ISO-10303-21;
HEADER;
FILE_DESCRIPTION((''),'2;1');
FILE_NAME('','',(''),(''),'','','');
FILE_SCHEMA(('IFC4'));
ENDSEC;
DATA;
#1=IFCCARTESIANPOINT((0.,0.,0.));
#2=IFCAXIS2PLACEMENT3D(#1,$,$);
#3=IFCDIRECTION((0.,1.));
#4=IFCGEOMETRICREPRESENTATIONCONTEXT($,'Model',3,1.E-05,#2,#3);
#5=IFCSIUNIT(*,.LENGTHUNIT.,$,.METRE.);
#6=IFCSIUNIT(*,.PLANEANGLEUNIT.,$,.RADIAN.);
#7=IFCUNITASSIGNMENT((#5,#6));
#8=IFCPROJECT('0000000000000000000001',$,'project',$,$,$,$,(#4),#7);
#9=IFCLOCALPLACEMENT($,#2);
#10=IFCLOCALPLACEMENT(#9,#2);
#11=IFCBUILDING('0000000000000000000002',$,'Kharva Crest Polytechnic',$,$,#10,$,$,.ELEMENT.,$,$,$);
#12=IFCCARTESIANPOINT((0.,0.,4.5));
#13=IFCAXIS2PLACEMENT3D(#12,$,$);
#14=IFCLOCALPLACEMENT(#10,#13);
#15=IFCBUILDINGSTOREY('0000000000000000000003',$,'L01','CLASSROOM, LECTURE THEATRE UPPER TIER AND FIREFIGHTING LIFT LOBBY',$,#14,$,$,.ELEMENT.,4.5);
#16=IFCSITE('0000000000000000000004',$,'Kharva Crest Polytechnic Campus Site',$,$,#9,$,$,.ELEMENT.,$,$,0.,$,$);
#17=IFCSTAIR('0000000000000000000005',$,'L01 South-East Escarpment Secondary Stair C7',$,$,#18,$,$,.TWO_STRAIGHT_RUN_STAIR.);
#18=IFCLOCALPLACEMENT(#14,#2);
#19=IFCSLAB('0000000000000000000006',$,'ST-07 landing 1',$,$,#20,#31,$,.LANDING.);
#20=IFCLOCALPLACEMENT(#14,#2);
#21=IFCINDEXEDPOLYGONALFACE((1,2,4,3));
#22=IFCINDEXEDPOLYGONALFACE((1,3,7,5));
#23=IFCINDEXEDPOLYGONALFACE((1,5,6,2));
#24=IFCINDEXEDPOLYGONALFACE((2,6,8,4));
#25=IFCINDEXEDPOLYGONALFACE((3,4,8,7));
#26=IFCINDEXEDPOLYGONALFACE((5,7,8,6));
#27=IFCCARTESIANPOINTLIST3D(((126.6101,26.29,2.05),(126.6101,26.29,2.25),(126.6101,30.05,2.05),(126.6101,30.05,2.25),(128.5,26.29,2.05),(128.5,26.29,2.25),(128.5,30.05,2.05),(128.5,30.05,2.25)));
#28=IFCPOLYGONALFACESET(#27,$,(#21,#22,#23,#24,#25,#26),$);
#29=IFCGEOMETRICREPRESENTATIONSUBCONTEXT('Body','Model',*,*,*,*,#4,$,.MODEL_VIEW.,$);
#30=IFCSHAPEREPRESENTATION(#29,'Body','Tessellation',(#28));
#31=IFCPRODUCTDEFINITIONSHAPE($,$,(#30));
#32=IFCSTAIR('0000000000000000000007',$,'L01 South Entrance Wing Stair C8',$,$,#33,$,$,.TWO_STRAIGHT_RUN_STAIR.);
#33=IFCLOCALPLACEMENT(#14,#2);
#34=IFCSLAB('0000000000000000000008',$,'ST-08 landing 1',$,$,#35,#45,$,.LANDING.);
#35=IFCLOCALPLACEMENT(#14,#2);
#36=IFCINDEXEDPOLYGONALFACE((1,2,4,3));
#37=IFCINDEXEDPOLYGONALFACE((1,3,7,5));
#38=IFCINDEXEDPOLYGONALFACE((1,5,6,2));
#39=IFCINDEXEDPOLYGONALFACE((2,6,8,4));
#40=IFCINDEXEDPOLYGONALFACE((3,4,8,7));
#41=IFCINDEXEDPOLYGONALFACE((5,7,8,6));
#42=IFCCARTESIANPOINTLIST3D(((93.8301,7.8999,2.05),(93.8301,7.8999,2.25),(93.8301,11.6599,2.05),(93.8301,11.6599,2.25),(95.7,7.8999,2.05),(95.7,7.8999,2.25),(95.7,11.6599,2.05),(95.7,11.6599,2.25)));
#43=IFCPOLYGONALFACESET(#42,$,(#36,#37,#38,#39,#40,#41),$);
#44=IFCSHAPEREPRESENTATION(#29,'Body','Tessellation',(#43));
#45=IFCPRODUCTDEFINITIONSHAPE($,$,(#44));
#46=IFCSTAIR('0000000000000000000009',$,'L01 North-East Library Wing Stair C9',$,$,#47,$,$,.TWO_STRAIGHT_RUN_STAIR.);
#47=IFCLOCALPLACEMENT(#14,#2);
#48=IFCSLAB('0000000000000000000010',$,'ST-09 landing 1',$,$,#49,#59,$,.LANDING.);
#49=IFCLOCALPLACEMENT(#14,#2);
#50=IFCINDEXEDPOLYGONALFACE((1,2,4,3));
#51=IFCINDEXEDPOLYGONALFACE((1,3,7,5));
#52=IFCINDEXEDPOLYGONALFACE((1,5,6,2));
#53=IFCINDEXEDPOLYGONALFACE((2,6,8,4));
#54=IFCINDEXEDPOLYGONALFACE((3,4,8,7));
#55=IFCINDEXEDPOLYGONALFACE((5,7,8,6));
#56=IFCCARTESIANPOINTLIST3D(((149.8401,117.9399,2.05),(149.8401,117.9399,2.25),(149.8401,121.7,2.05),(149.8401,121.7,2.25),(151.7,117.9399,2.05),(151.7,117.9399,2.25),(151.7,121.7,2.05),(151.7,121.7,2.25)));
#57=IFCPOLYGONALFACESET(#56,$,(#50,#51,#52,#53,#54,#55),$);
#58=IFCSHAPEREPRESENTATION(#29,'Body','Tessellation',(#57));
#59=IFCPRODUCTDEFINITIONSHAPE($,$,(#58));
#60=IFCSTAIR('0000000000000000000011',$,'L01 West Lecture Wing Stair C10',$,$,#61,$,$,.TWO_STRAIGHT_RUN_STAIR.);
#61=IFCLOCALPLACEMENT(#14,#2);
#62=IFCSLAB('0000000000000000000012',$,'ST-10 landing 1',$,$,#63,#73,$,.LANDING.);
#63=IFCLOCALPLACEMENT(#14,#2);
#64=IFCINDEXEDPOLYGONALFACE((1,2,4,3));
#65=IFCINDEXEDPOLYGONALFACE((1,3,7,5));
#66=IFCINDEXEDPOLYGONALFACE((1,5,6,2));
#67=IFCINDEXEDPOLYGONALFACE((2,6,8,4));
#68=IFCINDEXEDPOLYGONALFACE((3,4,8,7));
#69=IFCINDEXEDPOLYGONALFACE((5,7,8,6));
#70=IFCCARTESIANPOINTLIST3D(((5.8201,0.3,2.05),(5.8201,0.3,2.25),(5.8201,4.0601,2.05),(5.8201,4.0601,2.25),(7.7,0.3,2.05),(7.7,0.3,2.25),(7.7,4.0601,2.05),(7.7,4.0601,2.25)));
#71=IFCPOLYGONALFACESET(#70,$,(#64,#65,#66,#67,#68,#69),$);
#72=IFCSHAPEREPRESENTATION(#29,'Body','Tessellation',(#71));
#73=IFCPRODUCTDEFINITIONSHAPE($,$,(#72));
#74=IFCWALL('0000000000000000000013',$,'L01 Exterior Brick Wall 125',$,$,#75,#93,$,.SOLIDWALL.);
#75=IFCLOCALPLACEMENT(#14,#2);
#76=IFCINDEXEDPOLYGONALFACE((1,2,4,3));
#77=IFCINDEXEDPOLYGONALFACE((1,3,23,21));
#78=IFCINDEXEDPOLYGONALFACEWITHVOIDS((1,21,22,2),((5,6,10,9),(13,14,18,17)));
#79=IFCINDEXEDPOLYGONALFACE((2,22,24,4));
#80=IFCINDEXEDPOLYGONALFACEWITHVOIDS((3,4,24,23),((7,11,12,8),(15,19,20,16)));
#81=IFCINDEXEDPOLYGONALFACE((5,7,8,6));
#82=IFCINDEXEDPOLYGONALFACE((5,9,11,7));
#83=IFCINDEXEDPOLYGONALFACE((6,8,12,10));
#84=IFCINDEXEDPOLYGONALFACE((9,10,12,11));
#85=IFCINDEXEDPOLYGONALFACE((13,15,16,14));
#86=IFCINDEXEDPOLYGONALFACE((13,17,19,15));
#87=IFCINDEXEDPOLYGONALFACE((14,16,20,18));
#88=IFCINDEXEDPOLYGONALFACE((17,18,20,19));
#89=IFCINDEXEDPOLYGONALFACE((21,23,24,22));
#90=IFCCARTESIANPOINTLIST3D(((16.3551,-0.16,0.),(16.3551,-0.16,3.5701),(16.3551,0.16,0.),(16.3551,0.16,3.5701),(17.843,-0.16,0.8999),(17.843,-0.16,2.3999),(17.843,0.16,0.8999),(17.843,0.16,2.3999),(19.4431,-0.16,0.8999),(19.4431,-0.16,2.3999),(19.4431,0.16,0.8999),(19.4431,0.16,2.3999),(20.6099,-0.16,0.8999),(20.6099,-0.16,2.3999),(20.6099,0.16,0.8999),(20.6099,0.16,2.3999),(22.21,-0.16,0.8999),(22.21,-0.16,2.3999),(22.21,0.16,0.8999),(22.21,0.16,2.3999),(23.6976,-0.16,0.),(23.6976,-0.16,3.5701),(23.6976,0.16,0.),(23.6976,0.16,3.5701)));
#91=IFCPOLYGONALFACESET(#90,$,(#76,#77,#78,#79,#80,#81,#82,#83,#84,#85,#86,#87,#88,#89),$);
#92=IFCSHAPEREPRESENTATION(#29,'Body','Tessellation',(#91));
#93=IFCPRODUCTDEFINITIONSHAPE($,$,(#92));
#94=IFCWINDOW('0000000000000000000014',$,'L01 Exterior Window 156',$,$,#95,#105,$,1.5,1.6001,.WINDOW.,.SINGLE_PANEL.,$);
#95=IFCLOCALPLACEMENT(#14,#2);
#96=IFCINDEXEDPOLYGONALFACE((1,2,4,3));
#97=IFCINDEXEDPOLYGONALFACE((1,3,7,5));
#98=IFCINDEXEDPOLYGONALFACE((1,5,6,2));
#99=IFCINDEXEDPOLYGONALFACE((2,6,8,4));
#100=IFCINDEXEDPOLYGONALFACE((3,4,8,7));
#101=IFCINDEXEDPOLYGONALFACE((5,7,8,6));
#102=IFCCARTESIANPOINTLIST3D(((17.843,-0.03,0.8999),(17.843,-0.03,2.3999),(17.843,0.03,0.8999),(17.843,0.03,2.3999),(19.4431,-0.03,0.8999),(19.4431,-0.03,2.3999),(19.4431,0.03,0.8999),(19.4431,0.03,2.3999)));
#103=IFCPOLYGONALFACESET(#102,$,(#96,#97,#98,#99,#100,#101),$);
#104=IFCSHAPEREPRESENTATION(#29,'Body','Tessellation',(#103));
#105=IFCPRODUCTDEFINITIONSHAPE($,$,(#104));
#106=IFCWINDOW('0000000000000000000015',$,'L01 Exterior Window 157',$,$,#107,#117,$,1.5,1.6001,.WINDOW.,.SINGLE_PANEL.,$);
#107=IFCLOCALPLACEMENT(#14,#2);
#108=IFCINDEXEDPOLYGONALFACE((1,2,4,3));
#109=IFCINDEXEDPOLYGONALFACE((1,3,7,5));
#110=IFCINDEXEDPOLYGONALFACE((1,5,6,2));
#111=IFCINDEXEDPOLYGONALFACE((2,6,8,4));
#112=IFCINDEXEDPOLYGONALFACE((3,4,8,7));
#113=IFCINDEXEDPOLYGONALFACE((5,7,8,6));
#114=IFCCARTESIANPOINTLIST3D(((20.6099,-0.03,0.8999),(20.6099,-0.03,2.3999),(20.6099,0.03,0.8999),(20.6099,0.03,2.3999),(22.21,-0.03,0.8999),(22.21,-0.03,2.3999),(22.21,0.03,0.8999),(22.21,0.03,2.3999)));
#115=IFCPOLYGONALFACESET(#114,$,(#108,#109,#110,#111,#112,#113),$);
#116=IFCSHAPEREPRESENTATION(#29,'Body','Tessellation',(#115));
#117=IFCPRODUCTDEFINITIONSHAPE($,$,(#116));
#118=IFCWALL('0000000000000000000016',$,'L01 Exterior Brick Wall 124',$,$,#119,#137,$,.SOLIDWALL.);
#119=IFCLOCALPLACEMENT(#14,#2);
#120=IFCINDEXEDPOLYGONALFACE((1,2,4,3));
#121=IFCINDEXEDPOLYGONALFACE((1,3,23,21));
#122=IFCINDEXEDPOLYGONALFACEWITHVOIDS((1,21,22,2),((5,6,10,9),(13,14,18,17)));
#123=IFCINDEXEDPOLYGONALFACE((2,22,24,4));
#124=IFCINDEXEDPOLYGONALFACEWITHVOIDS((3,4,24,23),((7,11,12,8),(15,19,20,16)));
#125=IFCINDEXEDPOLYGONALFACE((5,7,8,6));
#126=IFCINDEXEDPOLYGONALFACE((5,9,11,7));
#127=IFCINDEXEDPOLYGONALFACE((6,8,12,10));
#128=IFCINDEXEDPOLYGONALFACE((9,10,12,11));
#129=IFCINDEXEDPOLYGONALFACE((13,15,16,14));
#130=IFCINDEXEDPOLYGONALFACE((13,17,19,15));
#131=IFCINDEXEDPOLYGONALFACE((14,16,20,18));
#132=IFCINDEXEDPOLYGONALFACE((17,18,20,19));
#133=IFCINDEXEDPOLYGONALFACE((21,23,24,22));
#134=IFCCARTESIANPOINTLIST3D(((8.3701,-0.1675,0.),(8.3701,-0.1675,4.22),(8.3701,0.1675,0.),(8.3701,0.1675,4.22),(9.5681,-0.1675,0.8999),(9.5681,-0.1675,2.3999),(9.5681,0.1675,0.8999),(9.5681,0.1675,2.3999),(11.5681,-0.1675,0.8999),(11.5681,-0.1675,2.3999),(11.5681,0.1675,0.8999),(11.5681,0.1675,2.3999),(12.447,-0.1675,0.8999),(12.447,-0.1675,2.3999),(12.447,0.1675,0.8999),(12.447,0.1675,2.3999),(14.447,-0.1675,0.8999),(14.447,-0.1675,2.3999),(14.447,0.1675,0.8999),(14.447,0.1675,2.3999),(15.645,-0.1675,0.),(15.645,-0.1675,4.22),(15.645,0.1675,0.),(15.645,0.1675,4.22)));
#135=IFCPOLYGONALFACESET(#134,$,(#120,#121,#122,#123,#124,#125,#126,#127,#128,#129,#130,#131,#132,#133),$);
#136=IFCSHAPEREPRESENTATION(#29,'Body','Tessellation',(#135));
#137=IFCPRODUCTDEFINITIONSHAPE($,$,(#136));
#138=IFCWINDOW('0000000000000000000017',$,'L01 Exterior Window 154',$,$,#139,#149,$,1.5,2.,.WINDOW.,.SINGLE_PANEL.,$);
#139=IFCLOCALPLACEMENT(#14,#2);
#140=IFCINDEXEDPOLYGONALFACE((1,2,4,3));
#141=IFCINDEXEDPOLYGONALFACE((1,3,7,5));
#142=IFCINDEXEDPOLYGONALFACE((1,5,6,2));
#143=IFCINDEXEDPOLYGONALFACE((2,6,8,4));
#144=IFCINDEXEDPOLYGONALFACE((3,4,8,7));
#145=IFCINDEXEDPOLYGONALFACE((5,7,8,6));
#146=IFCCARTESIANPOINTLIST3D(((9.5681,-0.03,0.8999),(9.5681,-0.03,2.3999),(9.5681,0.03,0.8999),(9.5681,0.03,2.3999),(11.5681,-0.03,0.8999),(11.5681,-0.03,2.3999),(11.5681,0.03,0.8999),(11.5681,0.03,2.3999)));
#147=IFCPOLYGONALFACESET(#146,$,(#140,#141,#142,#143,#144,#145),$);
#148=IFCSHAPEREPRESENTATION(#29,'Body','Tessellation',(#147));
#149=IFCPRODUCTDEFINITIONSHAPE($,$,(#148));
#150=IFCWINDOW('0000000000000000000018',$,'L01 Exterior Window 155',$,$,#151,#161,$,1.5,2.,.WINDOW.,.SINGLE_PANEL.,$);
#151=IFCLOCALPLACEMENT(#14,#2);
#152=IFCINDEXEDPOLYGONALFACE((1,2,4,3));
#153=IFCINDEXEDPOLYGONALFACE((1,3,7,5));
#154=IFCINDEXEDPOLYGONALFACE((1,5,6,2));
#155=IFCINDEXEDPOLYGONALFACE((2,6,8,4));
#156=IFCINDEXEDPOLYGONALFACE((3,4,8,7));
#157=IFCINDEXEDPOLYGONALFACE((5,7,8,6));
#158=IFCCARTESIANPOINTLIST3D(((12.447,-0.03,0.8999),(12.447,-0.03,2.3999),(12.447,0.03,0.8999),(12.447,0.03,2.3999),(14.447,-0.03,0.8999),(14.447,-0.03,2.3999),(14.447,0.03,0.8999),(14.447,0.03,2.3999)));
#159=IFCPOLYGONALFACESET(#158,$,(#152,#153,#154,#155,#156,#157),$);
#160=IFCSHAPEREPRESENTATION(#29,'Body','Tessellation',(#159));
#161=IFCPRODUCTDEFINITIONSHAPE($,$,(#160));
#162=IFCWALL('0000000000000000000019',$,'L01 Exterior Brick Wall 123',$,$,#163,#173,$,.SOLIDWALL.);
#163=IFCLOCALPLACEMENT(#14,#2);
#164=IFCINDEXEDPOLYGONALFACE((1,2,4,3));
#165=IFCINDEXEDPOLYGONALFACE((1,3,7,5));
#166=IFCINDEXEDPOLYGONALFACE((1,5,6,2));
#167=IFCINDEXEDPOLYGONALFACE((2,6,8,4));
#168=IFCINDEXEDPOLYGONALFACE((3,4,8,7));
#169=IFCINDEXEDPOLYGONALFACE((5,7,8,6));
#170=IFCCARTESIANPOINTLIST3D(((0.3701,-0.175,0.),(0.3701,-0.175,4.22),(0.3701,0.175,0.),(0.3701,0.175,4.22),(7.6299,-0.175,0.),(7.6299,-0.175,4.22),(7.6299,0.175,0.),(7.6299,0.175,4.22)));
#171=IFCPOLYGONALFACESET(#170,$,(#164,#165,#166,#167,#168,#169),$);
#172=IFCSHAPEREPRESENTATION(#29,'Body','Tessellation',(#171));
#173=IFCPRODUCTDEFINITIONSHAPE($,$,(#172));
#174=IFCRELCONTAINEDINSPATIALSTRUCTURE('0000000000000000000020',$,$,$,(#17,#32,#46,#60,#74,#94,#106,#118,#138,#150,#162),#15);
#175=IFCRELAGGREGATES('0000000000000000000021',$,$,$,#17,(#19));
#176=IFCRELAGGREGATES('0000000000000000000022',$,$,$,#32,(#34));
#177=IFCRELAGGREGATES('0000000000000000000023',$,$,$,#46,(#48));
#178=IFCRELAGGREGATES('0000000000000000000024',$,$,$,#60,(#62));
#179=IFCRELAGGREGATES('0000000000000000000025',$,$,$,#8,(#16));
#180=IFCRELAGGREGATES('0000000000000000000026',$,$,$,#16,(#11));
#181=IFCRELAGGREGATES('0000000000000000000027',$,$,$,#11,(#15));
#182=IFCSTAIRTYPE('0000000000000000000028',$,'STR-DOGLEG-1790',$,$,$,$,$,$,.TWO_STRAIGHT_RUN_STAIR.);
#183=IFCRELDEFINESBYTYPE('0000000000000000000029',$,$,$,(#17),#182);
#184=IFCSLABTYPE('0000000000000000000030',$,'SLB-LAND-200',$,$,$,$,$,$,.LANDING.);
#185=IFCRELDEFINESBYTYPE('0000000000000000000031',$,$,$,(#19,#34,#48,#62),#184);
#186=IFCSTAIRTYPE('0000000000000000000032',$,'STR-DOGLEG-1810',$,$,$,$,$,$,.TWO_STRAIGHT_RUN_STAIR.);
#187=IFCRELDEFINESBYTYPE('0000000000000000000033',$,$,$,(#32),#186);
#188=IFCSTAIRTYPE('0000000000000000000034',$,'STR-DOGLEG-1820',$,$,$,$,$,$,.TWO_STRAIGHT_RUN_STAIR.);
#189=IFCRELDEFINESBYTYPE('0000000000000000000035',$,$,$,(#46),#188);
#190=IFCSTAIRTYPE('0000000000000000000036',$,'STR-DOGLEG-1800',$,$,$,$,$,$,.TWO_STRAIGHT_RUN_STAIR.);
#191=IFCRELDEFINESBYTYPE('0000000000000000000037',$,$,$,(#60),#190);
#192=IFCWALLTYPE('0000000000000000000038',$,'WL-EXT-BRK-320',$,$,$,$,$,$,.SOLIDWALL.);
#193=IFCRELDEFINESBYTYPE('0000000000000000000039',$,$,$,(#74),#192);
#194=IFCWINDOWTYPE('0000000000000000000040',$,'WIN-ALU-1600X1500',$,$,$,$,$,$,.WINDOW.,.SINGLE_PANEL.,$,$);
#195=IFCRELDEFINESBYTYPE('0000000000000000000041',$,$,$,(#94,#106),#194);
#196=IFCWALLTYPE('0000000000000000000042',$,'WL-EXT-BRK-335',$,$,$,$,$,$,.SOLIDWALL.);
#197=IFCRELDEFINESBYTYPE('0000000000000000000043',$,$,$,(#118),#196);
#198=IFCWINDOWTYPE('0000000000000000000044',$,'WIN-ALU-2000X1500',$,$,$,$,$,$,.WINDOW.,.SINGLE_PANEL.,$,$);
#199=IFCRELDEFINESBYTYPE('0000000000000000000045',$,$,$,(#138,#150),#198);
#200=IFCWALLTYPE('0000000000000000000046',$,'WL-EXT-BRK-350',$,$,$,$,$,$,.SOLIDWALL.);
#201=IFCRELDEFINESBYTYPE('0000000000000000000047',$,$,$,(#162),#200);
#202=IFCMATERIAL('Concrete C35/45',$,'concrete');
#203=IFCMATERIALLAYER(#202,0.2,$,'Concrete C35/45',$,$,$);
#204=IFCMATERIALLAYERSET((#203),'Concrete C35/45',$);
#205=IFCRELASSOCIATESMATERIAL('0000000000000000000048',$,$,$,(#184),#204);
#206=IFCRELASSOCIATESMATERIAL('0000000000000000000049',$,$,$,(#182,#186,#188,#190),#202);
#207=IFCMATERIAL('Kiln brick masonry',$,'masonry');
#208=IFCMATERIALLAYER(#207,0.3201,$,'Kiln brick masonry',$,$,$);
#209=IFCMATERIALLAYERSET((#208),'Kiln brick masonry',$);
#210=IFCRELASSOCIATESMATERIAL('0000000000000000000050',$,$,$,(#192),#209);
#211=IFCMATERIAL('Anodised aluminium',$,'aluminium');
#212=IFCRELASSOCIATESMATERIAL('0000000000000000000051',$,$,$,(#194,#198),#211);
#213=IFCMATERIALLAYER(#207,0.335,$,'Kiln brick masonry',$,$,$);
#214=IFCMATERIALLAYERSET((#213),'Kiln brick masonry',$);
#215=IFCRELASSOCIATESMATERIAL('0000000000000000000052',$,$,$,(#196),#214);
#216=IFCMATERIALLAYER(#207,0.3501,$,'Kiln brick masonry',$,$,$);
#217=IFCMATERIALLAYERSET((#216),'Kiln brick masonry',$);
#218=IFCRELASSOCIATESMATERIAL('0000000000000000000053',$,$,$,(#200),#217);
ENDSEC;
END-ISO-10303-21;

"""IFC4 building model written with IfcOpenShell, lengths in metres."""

from ifc_helpers import new_model, si_unit, direction, frame, frame_2d, origin, place, context, subcontext, project, spatial, polyline, rectangle, outline, extrude, material, layer, layer_set, type_object, element, fill, aggregate, save


model = new_model("IFC4")

# Units and contexts
model_context = context("Model", 3, precision=1e-05, world=origin(), true_north=direction((0.0, 1.0)))
body_context = subcontext(model_context, "Body", "Model", "MODEL_VIEW")
ifc_project = project(units=[si_unit("LENGTHUNIT", "METRE"), si_unit("PLANEANGLEUNIT", "RADIAN")], contexts=[model_context])

# Site, building, storey
site_placement = place(None, origin())
site = spatial("IfcSite", under=ifc_project, at=site_placement, Name="Kharva Crest Polytechnic Campus Site", CompositionType="ELEMENT", RefElevation=0.0)
building_placement = place(site_placement, origin())
building = spatial("IfcBuilding", under=site, at=building_placement, Name="Kharva Crest Polytechnic", CompositionType="ELEMENT")
storey_placement = place(building_placement, frame((0.0, 0.0, 4.5)))
storey = spatial("IfcBuildingStorey", under=building, at=storey_placement, Name="L01", Description="CLASSROOM, LECTURE THEATRE UPPER TIER AND FIREFIGHTING LIFT LOBBY", CompositionType="ELEMENT", Elevation=4.5)

# Shared definitions
ifc_material_1 = material(Name="Concrete C35/45", Category="concrete")

# Stairs, slabs
ifc_layer_1 = layer(ifc_material_1, 0.2, Name="Concrete C35/45")
ifc_layer_set_1 = layer_set([ifc_layer_1], Name="Concrete C35/45")
slab_type = type_object("IfcSlabType", Name="SLB-LAND-200", PredefinedType="LANDING", material=ifc_layer_set_1)
stair_type_1 = type_object("IfcStairType", Name="STR-DOGLEG-1790", PredefinedType="TWO_STRAIGHT_RUN_STAIR", material=ifc_material_1)
stair_1_placement = place(storey_placement, origin())
stair_1 = element("IfcStair", 1, at=stair_1_placement, inside=storey, type_object=stair_type_1, Name="L01 South-East Escarpment Secondary Stair C7", PredefinedType="TWO_STRAIGHT_RUN_STAIR")
slab_1_placement = place(storey_placement, frame((0.0, 0.0, 2.05)))
slab_1 = element("IfcSlab", 2, at=slab_1_placement, type_object=slab_type, Name="ST-07 landing 1", PredefinedType="LANDING", context=body_context, shape_type="SweptSolid", body=[
    extrude(outline(polyline([(126.6101, 26.29), (128.5, 26.29), (128.5, 30.05), (126.6101, 30.05), (126.6101, 26.29)])), origin(), (0.0, 0.0, 1.0), 0.2),
])
aggregate(stair_1, [slab_1])
stair_type_2 = type_object("IfcStairType", Name="STR-DOGLEG-1810", PredefinedType="TWO_STRAIGHT_RUN_STAIR", material=ifc_material_1)
stair_2_placement = place(storey_placement, origin())
stair_2 = element("IfcStair", 3, at=stair_2_placement, inside=storey, type_object=stair_type_2, Name="L01 South Entrance Wing Stair C8", PredefinedType="TWO_STRAIGHT_RUN_STAIR")
slab_2_placement = place(storey_placement, frame((0.0, 0.0, 2.05)))
slab_2 = element("IfcSlab", 4, at=slab_2_placement, type_object=slab_type, Name="ST-08 landing 1", PredefinedType="LANDING", context=body_context, shape_type="SweptSolid", body=[
    extrude(outline(polyline([(93.8301, 7.8999), (95.7, 7.8999), (95.7, 11.6599), (93.8301, 11.6599), (93.8301, 7.8999)])), origin(), (0.0, 0.0, 1.0), 0.2),
])
aggregate(stair_2, [slab_2])
stair_type_3 = type_object("IfcStairType", Name="STR-DOGLEG-1820", PredefinedType="TWO_STRAIGHT_RUN_STAIR", material=ifc_material_1)
stair_3_placement = place(storey_placement, origin())
stair_3 = element("IfcStair", 5, at=stair_3_placement, inside=storey, type_object=stair_type_3, Name="L01 North-East Library Wing Stair C9", PredefinedType="TWO_STRAIGHT_RUN_STAIR")
slab_3_placement = place(storey_placement, frame((0.0, 0.0, 2.05)))
slab_3 = element("IfcSlab", 6, at=slab_3_placement, type_object=slab_type, Name="ST-09 landing 1", PredefinedType="LANDING", context=body_context, shape_type="SweptSolid", body=[
    extrude(outline(polyline([(149.8401, 117.9399), (151.7, 117.9399), (151.7, 121.7), (149.8401, 121.7), (149.8401, 117.9399)])), origin(), (0.0, 0.0, 1.0), 0.2),
])
aggregate(stair_3, [slab_3])
stair_type_4 = type_object("IfcStairType", Name="STR-DOGLEG-1800", PredefinedType="TWO_STRAIGHT_RUN_STAIR", material=ifc_material_1)
stair_4_placement = place(storey_placement, origin())
stair_4 = element("IfcStair", 7, at=stair_4_placement, inside=storey, type_object=stair_type_4, Name="L01 West Lecture Wing Stair C10", PredefinedType="TWO_STRAIGHT_RUN_STAIR")
slab_4_placement = place(storey_placement, frame((0.0, 0.0, 2.05)))
slab_4 = element("IfcSlab", 8, at=slab_4_placement, type_object=slab_type, Name="ST-10 landing 1", PredefinedType="LANDING", context=body_context, shape_type="SweptSolid", body=[
    extrude(outline(polyline([(5.8201, 0.3), (7.7, 0.3), (7.7, 4.0601), (5.8201, 4.0601), (5.8201, 0.3)])), origin(), (0.0, 0.0, 1.0), 0.2),
])

# Walls, openings, windows
ifc_material_2 = material(Name="Kiln brick masonry", Category="masonry")
ifc_layer_2 = layer(ifc_material_2, 0.3201, Name="Kiln brick masonry")
ifc_layer_set_2 = layer_set([ifc_layer_2], Name="Kiln brick masonry")
wall_type_1 = type_object("IfcWallType", Name="WL-EXT-BRK-320", PredefinedType="SOLIDWALL", material=ifc_layer_set_2)
wall_1_placement = place(storey_placement, frame((16.355, 0.0, 0.0), z_axis=(0.0, 0.0, 1.0), x_axis=(1.0, 0.0, 0.0)))
wall_1 = element("IfcWall", 9, at=wall_1_placement, inside=storey, type_object=wall_type_1, Name="L01 Exterior Brick Wall 125", PredefinedType="SOLIDWALL", context=body_context, shape_type="SweptSolid", body=[
    extrude(rectangle(XDim=7.3425, YDim=0.3201, at=frame_2d((3.6714, 0.0))), origin(), (0.0, 0.0, 1.0), 3.5701),
])
opening_1_placement = place(wall_1_placement, frame((1.488, 0.0, 0.8999)))
opening_1 = element("IfcOpeningElement", 10, at=opening_1_placement, cuts=wall_1, PredefinedType="OPENING", context=body_context, shape_type="SweptSolid", body=[
    extrude(rectangle(XDim=1.6001, YDim=1.5, at=frame_2d((0.8, 0.75))), frame((0.0, 0.1699, 0.0), z_axis=(0.0, -1.0, 0.0), x_axis=(1.0, 0.0, 0.0)), (0.0, 0.0, 1.0), 0.3401),
])
opening_2_placement = place(wall_1_placement, frame((4.2549, 0.0, 0.8999)))
opening_2 = element("IfcOpeningElement", 11, at=opening_2_placement, cuts=wall_1, PredefinedType="OPENING", context=body_context, shape_type="SweptSolid", body=[
    extrude(rectangle(XDim=1.6001, YDim=1.5, at=frame_2d((0.8, 0.75))), frame((0.0, 0.1699, 0.0), z_axis=(0.0, -1.0, 0.0), x_axis=(1.0, 0.0, 0.0)), (0.0, 0.0, 1.0), 0.3401),
])
ifc_material_3 = material(Name="Anodised aluminium", Category="aluminium")
window_type_1 = type_object("IfcWindowType", Name="WIN-ALU-1600X1500", PartitioningType="SINGLE_PANEL", PredefinedType="WINDOW", material=ifc_material_3)
window_1_placement = place(opening_1_placement, origin())
window_1 = element("IfcWindow", 12, at=window_1_placement, inside=storey, type_object=window_type_1, Name="L01 Exterior Window 156", OverallHeight=1.5, OverallWidth=1.6001, PartitioningType="SINGLE_PANEL", PredefinedType="WINDOW", context=body_context, shape_type="SweptSolid", body=[
    extrude(rectangle(XDim=1.6001, YDim=1.5, at=frame_2d((0.8, 0.75))), frame((0.0, 0.03, 0.0), z_axis=(0.0, -1.0, 0.0), x_axis=(1.0, 0.0, 0.0)), (0.0, 0.0, 1.0), 0.0601),
])
fill(opening_1, window_1)
window_2_placement = place(opening_2_placement, origin())
window_2 = element("IfcWindow", 13, at=window_2_placement, inside=storey, type_object=window_type_1, Name="L01 Exterior Window 157", OverallHeight=1.5, OverallWidth=1.6001, PartitioningType="SINGLE_PANEL", PredefinedType="WINDOW", context=body_context, shape_type="SweptSolid", body=[
    extrude(rectangle(XDim=1.6001, YDim=1.5, at=frame_2d((0.8, 0.75))), frame((0.0, 0.03, 0.0), z_axis=(0.0, -1.0, 0.0), x_axis=(1.0, 0.0, 0.0)), (0.0, 0.0, 1.0), 0.0601),
])
fill(opening_2, window_2)
ifc_layer_3 = layer(ifc_material_2, 0.335, Name="Kiln brick masonry")
ifc_layer_set_3 = layer_set([ifc_layer_3], Name="Kiln brick masonry")
wall_type_2 = type_object("IfcWallType", Name="WL-EXT-BRK-335", PredefinedType="SOLIDWALL", material=ifc_layer_set_3)
wall_2_placement = place(storey_placement, frame((8.3701, 0.0, 0.0), z_axis=(0.0, 0.0, 1.0), x_axis=(1.0, 0.0, 0.0)))
wall_2 = element("IfcWall", 14, at=wall_2_placement, inside=storey, type_object=wall_type_2, Name="L01 Exterior Brick Wall 124", PredefinedType="SOLIDWALL", context=body_context, shape_type="SweptSolid", body=[
    extrude(rectangle(XDim=7.2749, YDim=0.335, at=frame_2d((3.6375, 0.0))), origin(), (0.0, 0.0, 1.0), 4.22),
])
opening_3_placement = place(wall_2_placement, frame((1.198, 0.0, 0.8999)))
opening_3 = element("IfcOpeningElement", 15, at=opening_3_placement, cuts=wall_2, PredefinedType="OPENING", context=body_context, shape_type="SweptSolid", body=[
    extrude(rectangle(XDim=2.0, YDim=1.5, at=frame_2d((1.0, 0.75))), frame((0.0, 0.1775, 0.0), z_axis=(0.0, -1.0, 0.0), x_axis=(1.0, 0.0, 0.0)), (0.0, 0.0, 1.0), 0.355),
])
opening_4_placement = place(wall_2_placement, frame((4.0769, 0.0, 0.8999)))
opening_4 = element("IfcOpeningElement", 16, at=opening_4_placement, cuts=wall_2, PredefinedType="OPENING", context=body_context, shape_type="SweptSolid", body=[
    extrude(rectangle(XDim=2.0, YDim=1.5, at=frame_2d((1.0, 0.75))), frame((0.0, 0.1775, 0.0), z_axis=(0.0, -1.0, 0.0), x_axis=(1.0, 0.0, 0.0)), (0.0, 0.0, 1.0), 0.355),
])
window_type_2 = type_object("IfcWindowType", Name="WIN-ALU-2000X1500", PartitioningType="SINGLE_PANEL", PredefinedType="WINDOW", material=ifc_material_3)
window_3_placement = place(opening_3_placement, origin())
window_3 = element("IfcWindow", 17, at=window_3_placement, inside=storey, type_object=window_type_2, Name="L01 Exterior Window 154", OverallHeight=1.5, OverallWidth=2.0, PartitioningType="SINGLE_PANEL", PredefinedType="WINDOW", context=body_context, shape_type="SweptSolid", body=[
    extrude(rectangle(XDim=2.0, YDim=1.5, at=frame_2d((1.0, 0.75))), frame((0.0, 0.03, 0.0), z_axis=(0.0, -1.0, 0.0), x_axis=(1.0, 0.0, 0.0)), (0.0, 0.0, 1.0), 0.0601),
])
fill(opening_3, window_3)
window_4_placement = place(opening_4_placement, origin())
window_4 = element("IfcWindow", 18, at=window_4_placement, inside=storey, type_object=window_type_2, Name="L01 Exterior Window 155", OverallHeight=1.5, OverallWidth=2.0, PartitioningType="SINGLE_PANEL", PredefinedType="WINDOW", context=body_context, shape_type="SweptSolid", body=[
    extrude(rectangle(XDim=2.0, YDim=1.5, at=frame_2d((1.0, 0.75))), frame((0.0, 0.03, 0.0), z_axis=(0.0, -1.0, 0.0), x_axis=(1.0, 0.0, 0.0)), (0.0, 0.0, 1.0), 0.0601),
])
fill(opening_4, window_4)

# Wall
ifc_layer_4 = layer(ifc_material_2, 0.3501, Name="Kiln brick masonry")
ifc_layer_set_4 = layer_set([ifc_layer_4], Name="Kiln brick masonry")
wall_type_3 = type_object("IfcWallType", Name="WL-EXT-BRK-350", PredefinedType="SOLIDWALL", material=ifc_layer_set_4)
wall_3_placement = place(storey_placement, frame((0.3701, 0.0, 0.0), z_axis=(0.0, 0.0, 1.0), x_axis=(1.0, 0.0, 0.0)))
element("IfcWall", 19, at=wall_3_placement, inside=storey, type_object=wall_type_3, Name="L01 Exterior Brick Wall 123", PredefinedType="SOLIDWALL", context=body_context, shape_type="SweptSolid", body=[
    extrude(rectangle(XDim=7.2598, YDim=0.3501, at=frame_2d((3.6299, 0.0))), origin(), (0.0, 0.0, 1.0), 4.22),
])

aggregate(stair_4, [slab_4])

save(model, "model.ifc")
